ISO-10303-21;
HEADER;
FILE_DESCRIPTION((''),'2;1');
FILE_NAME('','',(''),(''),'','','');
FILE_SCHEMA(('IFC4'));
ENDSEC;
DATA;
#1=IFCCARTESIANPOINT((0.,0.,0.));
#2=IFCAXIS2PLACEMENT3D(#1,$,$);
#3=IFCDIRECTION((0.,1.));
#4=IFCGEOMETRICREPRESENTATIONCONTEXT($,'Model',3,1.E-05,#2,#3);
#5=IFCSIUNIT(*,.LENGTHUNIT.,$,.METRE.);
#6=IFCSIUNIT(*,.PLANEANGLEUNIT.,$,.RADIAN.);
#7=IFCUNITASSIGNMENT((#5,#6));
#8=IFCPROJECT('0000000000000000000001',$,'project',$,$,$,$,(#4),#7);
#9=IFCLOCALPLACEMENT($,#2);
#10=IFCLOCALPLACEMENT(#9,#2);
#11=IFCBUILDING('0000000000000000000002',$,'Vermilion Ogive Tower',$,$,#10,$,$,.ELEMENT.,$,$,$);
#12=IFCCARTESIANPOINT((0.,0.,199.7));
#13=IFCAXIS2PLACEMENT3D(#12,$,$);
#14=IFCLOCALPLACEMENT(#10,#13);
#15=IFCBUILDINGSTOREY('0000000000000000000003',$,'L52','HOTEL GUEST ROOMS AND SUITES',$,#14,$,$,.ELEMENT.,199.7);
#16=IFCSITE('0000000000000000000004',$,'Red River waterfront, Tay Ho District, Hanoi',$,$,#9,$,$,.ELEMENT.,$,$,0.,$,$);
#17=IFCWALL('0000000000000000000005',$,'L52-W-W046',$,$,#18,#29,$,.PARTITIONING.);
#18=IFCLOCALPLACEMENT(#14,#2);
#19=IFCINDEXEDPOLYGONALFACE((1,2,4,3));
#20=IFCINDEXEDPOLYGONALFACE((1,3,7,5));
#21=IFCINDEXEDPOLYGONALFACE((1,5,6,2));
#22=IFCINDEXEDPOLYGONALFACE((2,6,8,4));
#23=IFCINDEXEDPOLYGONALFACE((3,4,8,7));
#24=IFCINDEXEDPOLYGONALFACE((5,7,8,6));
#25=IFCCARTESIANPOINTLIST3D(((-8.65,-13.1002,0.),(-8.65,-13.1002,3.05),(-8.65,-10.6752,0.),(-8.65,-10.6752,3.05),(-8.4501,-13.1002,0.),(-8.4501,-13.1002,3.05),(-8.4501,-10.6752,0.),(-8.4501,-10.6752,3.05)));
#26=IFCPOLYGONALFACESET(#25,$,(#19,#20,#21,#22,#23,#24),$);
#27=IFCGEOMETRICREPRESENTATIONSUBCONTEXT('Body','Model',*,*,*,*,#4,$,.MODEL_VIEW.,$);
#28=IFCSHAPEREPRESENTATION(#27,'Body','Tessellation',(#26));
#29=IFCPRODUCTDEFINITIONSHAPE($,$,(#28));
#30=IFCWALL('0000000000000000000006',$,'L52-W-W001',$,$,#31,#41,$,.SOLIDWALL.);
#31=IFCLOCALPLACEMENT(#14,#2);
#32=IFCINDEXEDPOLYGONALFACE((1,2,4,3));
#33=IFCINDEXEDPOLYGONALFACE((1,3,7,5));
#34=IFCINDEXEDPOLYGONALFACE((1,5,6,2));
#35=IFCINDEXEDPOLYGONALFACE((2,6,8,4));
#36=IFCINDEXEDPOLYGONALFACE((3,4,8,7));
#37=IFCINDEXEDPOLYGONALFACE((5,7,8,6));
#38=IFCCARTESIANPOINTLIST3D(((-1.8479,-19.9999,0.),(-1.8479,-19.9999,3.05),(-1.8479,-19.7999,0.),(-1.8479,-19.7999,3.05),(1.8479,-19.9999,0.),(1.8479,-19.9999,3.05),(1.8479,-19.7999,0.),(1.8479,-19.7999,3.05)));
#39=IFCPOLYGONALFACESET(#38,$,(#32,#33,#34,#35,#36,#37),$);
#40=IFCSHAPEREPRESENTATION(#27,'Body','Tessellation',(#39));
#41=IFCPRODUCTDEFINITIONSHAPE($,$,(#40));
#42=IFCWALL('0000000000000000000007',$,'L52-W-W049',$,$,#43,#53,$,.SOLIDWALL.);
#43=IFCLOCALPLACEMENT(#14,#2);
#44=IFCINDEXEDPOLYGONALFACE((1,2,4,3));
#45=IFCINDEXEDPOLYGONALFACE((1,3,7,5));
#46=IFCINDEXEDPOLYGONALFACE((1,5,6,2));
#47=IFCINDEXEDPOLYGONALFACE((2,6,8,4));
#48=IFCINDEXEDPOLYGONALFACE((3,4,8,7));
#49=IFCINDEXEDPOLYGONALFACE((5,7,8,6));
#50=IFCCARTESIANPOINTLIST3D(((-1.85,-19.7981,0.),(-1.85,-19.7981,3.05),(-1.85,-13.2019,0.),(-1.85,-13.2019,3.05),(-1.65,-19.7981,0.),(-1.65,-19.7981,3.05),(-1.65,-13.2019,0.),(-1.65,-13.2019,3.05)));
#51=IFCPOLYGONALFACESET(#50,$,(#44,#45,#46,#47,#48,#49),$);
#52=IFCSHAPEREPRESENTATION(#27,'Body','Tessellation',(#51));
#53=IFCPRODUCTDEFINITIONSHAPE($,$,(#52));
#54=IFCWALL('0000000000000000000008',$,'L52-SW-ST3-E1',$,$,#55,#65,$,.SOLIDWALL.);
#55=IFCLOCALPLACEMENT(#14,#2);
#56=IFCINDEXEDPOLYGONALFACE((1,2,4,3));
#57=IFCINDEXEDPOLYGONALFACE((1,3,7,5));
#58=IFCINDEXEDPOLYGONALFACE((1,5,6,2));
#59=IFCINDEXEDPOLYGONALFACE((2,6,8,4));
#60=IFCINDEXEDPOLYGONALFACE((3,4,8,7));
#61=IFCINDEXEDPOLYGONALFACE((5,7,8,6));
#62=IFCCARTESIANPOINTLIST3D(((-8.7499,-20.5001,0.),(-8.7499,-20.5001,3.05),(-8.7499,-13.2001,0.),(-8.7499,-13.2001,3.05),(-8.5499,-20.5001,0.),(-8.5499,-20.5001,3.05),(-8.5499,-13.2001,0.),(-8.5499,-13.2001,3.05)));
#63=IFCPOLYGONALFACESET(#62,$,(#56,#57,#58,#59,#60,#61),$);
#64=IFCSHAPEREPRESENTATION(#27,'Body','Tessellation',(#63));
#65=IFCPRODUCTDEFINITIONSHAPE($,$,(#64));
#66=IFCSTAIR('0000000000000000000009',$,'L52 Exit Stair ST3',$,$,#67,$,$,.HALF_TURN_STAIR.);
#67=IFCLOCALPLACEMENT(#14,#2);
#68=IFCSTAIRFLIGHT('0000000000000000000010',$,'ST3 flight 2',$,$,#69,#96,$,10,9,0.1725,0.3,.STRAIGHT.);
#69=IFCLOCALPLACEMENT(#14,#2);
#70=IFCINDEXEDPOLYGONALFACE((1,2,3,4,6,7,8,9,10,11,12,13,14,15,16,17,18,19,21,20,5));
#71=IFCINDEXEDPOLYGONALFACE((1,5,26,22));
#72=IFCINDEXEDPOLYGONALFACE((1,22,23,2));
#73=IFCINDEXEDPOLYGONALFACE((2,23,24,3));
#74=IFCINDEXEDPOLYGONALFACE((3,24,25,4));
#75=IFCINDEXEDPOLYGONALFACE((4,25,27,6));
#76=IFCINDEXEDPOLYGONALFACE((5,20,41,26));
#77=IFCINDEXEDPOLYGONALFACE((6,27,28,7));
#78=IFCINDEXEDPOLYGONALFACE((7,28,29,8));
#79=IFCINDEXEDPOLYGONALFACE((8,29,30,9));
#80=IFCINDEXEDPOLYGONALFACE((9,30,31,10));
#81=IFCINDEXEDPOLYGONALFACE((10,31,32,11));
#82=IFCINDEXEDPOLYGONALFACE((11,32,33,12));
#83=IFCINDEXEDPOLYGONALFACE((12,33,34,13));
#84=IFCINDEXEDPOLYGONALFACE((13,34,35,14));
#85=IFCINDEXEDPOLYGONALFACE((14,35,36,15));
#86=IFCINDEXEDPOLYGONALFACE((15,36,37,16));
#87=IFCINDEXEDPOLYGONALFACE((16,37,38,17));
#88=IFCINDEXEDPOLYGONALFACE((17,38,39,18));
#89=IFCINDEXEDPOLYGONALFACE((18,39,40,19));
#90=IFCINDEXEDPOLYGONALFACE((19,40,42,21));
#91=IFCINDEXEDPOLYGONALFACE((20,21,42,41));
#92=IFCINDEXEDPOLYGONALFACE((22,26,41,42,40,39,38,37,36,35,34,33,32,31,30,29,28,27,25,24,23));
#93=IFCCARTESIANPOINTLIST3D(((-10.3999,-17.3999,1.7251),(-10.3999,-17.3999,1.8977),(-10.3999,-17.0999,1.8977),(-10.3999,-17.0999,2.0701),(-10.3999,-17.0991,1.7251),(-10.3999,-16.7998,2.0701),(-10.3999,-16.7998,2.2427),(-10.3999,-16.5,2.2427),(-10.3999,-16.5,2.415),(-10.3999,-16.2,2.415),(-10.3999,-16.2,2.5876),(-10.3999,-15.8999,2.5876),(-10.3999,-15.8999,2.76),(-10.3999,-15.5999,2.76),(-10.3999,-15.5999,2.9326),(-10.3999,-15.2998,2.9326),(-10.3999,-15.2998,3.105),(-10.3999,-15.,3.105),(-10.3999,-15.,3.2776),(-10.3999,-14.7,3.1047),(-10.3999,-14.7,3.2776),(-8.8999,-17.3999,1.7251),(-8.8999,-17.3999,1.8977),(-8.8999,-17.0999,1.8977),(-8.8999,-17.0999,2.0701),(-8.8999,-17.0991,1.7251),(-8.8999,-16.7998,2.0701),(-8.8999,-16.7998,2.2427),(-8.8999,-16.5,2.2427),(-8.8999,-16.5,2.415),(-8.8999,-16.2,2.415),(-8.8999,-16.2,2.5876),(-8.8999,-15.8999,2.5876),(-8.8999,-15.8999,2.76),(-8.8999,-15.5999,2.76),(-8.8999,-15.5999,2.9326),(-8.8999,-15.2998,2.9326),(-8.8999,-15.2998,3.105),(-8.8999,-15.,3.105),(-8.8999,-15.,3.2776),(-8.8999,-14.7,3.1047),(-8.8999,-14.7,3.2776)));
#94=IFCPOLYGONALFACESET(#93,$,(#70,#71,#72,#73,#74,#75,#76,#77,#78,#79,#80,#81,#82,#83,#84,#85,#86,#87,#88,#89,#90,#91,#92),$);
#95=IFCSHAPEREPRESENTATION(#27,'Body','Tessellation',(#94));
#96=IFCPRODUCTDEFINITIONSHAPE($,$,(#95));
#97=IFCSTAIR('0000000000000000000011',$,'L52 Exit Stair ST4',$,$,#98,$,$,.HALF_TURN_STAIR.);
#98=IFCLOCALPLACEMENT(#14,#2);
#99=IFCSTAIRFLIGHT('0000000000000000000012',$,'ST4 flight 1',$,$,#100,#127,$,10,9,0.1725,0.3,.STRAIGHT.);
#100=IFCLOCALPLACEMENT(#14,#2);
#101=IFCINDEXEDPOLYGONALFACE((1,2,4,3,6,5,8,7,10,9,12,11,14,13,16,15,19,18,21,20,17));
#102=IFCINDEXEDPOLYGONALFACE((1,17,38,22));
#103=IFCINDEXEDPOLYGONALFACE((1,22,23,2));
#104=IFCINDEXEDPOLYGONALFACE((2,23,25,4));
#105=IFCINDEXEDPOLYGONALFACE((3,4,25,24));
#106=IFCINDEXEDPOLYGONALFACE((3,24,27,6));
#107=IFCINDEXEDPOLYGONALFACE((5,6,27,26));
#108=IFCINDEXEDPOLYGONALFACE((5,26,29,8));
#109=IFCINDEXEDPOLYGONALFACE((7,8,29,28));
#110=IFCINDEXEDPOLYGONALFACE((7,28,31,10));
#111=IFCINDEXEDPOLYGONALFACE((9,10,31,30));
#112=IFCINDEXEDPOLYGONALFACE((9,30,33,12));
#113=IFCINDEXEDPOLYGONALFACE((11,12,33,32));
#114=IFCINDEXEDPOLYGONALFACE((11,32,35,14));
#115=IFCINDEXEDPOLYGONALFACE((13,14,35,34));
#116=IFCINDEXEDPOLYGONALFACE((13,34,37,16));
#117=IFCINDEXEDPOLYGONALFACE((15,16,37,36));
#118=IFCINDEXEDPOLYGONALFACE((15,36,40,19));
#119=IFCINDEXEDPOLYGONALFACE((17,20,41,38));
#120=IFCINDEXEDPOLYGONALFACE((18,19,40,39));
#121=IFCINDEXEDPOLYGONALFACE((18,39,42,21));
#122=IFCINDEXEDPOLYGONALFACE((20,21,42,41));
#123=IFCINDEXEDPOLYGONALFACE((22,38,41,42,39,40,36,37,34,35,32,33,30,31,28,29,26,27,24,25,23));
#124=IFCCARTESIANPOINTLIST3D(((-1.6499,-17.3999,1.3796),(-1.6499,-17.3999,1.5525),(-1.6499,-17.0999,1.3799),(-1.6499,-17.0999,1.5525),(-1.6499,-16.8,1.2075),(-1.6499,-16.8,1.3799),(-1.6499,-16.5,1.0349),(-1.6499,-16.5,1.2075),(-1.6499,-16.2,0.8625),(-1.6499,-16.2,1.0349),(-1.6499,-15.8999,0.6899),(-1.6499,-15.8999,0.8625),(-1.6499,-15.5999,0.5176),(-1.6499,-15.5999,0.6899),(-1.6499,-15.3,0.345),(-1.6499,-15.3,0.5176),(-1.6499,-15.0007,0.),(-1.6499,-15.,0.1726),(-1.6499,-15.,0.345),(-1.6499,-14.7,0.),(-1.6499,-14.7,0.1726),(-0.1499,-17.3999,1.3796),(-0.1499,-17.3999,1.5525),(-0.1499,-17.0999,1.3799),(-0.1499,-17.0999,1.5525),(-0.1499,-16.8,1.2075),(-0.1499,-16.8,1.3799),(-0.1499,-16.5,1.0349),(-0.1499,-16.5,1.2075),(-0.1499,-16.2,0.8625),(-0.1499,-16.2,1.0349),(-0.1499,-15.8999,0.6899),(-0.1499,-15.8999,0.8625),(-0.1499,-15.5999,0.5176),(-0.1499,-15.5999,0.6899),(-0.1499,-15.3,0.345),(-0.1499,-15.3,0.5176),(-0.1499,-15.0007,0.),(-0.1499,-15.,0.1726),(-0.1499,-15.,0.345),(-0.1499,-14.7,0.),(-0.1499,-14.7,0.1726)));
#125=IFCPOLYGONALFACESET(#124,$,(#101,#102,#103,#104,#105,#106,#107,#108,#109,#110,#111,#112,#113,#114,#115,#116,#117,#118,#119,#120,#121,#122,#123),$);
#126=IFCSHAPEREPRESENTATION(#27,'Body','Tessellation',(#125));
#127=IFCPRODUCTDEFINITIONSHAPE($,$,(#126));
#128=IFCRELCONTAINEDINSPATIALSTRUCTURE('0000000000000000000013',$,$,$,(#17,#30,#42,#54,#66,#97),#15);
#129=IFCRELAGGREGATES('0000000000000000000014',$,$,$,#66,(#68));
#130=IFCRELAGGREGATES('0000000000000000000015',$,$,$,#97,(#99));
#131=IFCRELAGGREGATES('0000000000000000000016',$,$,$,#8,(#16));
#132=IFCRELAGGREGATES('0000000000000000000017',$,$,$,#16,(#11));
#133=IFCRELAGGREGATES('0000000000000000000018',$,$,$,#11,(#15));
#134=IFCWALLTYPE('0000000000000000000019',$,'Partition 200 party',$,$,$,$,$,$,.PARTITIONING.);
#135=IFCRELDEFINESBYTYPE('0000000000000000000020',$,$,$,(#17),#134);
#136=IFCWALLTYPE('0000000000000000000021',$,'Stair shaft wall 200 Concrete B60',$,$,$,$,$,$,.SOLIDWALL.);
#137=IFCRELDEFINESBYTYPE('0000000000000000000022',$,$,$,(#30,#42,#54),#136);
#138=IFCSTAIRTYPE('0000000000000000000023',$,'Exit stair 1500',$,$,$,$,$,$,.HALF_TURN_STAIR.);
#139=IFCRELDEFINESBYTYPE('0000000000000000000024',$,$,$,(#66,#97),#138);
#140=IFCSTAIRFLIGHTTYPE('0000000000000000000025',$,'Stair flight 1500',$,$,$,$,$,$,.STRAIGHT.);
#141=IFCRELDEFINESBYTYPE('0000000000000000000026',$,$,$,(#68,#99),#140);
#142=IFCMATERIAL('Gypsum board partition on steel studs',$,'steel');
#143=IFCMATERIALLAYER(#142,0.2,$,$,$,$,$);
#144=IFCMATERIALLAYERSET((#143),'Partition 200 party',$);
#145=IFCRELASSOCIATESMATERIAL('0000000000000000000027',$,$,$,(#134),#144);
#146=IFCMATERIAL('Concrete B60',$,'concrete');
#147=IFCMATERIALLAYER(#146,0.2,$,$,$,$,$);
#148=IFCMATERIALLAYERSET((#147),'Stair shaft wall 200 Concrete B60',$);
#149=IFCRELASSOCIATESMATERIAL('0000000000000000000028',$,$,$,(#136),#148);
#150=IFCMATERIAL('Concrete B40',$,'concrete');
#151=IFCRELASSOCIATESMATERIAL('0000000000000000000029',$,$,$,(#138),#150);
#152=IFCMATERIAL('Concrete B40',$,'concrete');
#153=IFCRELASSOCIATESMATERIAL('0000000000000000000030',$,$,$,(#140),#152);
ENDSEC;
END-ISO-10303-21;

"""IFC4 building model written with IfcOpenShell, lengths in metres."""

from ifc_helpers import new_model, si_unit, direction, frame, frame_2d, origin, place, context, subcontext, project, spatial, polyline, rectangle, outline, extrude, material, layer, layer_set, type_object, element, aggregate, save


model = new_model("IFC4")

# Units and contexts
model_context = context("Model", 3, precision=1e-05, world=origin(), true_north=direction((0.0, 1.0)))
body_context = subcontext(model_context, "Body", "Model", "MODEL_VIEW")
ifc_project = project(units=[si_unit("LENGTHUNIT", "METRE"), si_unit("PLANEANGLEUNIT", "RADIAN")], contexts=[model_context])

# Site, building, storey
site_placement = place(None, origin())
site = spatial("IfcSite", under=ifc_project, at=site_placement, Name="Red River waterfront, Tay Ho District, Hanoi", CompositionType="ELEMENT", RefElevation=0.0)
building_placement = place(site_placement, origin())
building = spatial("IfcBuilding", under=site, at=building_placement, Name="Vermilion Ogive Tower", CompositionType="ELEMENT")
storey_placement = place(building_placement, frame((0.0, 0.0, 199.7)))
storey = spatial("IfcBuildingStorey", under=building, at=storey_placement, Name="L52", Description="HOTEL GUEST ROOMS AND SUITES", CompositionType="ELEMENT", Elevation=199.7)

# Walls
ifc_material_1 = material(Name="Gypsum board partition on steel studs", Category="steel")
ifc_layer_1 = layer(ifc_material_1, 0.2)
ifc_layer_set_1 = layer_set([ifc_layer_1], Name="Partition 200 party")
wall_type_1 = type_object("IfcWallType", Name="Partition 200 party", PredefinedType="PARTITIONING", material=ifc_layer_set_1)
wall_1_placement = place(storey_placement, frame((-8.55, -13.1001, 0.0), z_axis=(0.0, 0.0, 1.0), x_axis=(0.0, 1.0, 0.0)))
element("IfcWall", 1, at=wall_1_placement, inside=storey, type_object=wall_type_1, Name="L52-W-W046", PredefinedType="PARTITIONING", context=body_context, shape_type="SweptSolid", body=[
    extrude(rectangle(XDim=2.425, YDim=0.2, at=frame_2d((1.2124, 0.0))), origin(), (0.0, 0.0, 1.0), 3.05),
])
ifc_material_2 = material(Name="Concrete B60", Category="concrete")
ifc_layer_2 = layer(ifc_material_2, 0.2)
ifc_layer_set_2 = layer_set([ifc_layer_2], Name="Stair shaft wall 200 Concrete B60")
wall_type_2 = type_object("IfcWallType", Name="Stair shaft wall 200 Concrete B60", PredefinedType="SOLIDWALL", material=ifc_layer_set_2)
wall_2_placement = place(storey_placement, frame((-1.8479, -19.8999, 0.0), z_axis=(0.0, 0.0, 1.0), x_axis=(1.0, 0.0, 0.0)))
element("IfcWall", 2, at=wall_2_placement, inside=storey, type_object=wall_type_2, Name="L52-W-W001", PredefinedType="SOLIDWALL", context=body_context, shape_type="SweptSolid", body=[
    extrude(rectangle(XDim=3.6958, YDim=0.2, at=frame_2d((1.8479, 0.0))), origin(), (0.0, 0.0, 1.0), 3.05),
])
wall_3_placement = place(storey_placement, frame((-1.75, -19.7981, 0.0), z_axis=(0.0, 0.0, 1.0), x_axis=(0.0, 1.0, 0.0)))
element("IfcWall", 3, at=wall_3_placement, inside=storey, type_object=wall_type_2, Name="L52-W-W049", PredefinedType="SOLIDWALL", context=body_context, shape_type="SweptSolid", body=[
    extrude(rectangle(XDim=6.5962, YDim=0.2, at=frame_2d((3.2981, 0.0))), origin(), (0.0, 0.0, 1.0), 3.05),
])
wall_4_placement = place(storey_placement, frame((-8.6499, -20.5, 0.0), z_axis=(0.0, 0.0, 1.0), x_axis=(0.0, 1.0, 0.0)))
element("IfcWall", 4, at=wall_4_placement, inside=storey, type_object=wall_type_2, Name="L52-SW-ST3-E1", PredefinedType="SOLIDWALL", context=body_context, shape_type="SweptSolid", body=[
    extrude(rectangle(XDim=7.3, YDim=0.2, at=frame_2d((3.6499, 0.0))), origin(), (0.0, 0.0, 1.0), 3.05),
])

# Stairs, stair flights
ifc_material_3 = material(Name="Concrete B40", Category="concrete")
stair_type = type_object("IfcStairType", Name="Exit stair 1500", PredefinedType="HALF_TURN_STAIR", material=ifc_material_3)
stair_1_placement = place(storey_placement, origin())
stair_1 = element("IfcStair", 5, at=stair_1_placement, inside=storey, type_object=stair_type, Name="L52 Exit Stair ST3", PredefinedType="HALF_TURN_STAIR")
ifc_material_4 = material(Name="Concrete B40", Category="concrete")
stair_flight_type = type_object("IfcStairFlightType", Name="Stair flight 1500", PredefinedType="STRAIGHT", material=ifc_material_4)
stair_flight_1_placement = place(storey_placement, frame((-9.6499, -17.3999, 1.7251), z_axis=(0.0, 0.0, 1.0), x_axis=(0.0, 1.0, 0.0)))
stair_flight_1 = element("IfcStairFlight", 6, at=stair_flight_1_placement, type_object=stair_flight_type, Name="ST3 flight 2", NumberOfRisers=10, NumberOfTreads=9, PredefinedType="STRAIGHT", RiserHeight=0.1725, TreadLength=0.3, context=body_context, shape_type="SweptSolid", body=[
    extrude(outline(polyline([(0.0, 0.0), (0.0, 0.1726), (0.3, 0.1726), (0.3, 0.345), (0.6001, 0.345), (0.6001, 0.5176), (0.8999, 0.5176), (0.8999, 0.6899), (1.2, 0.6899), (1.2, 0.8625), (1.5, 0.8625), (1.5, 1.0349), (1.8, 1.0349), (1.8, 1.2075), (2.1001, 1.2075), (2.1001, 1.3799), (2.3999, 1.3799), (2.3999, 1.5525), (2.7, 1.5525), (2.7, 1.7251), (2.7, 1.3796), (0.3008, 0.0), (0.0, 0.0)])), frame((0.0, 0.75, 0.0), z_axis=(0.0, -1.0, 0.0), x_axis=(1.0, 0.0, 0.0)), (0.0, 0.0, 1.0), 1.5),
])
aggregate(stair_1, [stair_flight_1])
stair_2_placement = place(storey_placement, origin())
stair_2 = element("IfcStair", 7, at=stair_2_placement, inside=storey, type_object=stair_type, Name="L52 Exit Stair ST4", PredefinedType="HALF_TURN_STAIR")
stair_flight_2_placement = place(storey_placement, frame((-0.8999, -14.7, 0.0), z_axis=(0.0, 0.0, 1.0), x_axis=(0.0, -1.0, 0.0)))
stair_flight_2 = element("IfcStairFlight", 8, at=stair_flight_2_placement, type_object=stair_flight_type, Name="ST4 flight 1", NumberOfRisers=10, NumberOfTreads=9, PredefinedType="STRAIGHT", RiserHeight=0.1725, TreadLength=0.3, context=body_context, shape_type="SweptSolid", body=[
    extrude(outline(polyline([(0.0, 0.0), (0.0, 0.1726), (0.3, 0.1726), (0.3, 0.345), (0.6001, 0.345), (0.6001, 0.5176), (0.8999, 0.5176), (0.8999, 0.6899), (1.2, 0.6899), (1.2, 0.8625), (1.5, 0.8625), (1.5, 1.0349), (1.8, 1.0349), (1.8, 1.2075), (2.1001, 1.2075), (2.1001, 1.3799), (2.3999, 1.3799), (2.3999, 1.5525), (2.7, 1.5525), (2.7, 1.7251), (2.7, 1.3796), (0.3008, 0.0), (0.0, 0.0)])), frame((0.0, 0.75, 0.0), z_axis=(0.0, -1.0, 0.0), x_axis=(1.0, 0.0, 0.0)), (0.0, 0.0, 1.0), 1.5),
])
aggregate(stair_2, [stair_flight_2])

save(model, "model.ifc")
